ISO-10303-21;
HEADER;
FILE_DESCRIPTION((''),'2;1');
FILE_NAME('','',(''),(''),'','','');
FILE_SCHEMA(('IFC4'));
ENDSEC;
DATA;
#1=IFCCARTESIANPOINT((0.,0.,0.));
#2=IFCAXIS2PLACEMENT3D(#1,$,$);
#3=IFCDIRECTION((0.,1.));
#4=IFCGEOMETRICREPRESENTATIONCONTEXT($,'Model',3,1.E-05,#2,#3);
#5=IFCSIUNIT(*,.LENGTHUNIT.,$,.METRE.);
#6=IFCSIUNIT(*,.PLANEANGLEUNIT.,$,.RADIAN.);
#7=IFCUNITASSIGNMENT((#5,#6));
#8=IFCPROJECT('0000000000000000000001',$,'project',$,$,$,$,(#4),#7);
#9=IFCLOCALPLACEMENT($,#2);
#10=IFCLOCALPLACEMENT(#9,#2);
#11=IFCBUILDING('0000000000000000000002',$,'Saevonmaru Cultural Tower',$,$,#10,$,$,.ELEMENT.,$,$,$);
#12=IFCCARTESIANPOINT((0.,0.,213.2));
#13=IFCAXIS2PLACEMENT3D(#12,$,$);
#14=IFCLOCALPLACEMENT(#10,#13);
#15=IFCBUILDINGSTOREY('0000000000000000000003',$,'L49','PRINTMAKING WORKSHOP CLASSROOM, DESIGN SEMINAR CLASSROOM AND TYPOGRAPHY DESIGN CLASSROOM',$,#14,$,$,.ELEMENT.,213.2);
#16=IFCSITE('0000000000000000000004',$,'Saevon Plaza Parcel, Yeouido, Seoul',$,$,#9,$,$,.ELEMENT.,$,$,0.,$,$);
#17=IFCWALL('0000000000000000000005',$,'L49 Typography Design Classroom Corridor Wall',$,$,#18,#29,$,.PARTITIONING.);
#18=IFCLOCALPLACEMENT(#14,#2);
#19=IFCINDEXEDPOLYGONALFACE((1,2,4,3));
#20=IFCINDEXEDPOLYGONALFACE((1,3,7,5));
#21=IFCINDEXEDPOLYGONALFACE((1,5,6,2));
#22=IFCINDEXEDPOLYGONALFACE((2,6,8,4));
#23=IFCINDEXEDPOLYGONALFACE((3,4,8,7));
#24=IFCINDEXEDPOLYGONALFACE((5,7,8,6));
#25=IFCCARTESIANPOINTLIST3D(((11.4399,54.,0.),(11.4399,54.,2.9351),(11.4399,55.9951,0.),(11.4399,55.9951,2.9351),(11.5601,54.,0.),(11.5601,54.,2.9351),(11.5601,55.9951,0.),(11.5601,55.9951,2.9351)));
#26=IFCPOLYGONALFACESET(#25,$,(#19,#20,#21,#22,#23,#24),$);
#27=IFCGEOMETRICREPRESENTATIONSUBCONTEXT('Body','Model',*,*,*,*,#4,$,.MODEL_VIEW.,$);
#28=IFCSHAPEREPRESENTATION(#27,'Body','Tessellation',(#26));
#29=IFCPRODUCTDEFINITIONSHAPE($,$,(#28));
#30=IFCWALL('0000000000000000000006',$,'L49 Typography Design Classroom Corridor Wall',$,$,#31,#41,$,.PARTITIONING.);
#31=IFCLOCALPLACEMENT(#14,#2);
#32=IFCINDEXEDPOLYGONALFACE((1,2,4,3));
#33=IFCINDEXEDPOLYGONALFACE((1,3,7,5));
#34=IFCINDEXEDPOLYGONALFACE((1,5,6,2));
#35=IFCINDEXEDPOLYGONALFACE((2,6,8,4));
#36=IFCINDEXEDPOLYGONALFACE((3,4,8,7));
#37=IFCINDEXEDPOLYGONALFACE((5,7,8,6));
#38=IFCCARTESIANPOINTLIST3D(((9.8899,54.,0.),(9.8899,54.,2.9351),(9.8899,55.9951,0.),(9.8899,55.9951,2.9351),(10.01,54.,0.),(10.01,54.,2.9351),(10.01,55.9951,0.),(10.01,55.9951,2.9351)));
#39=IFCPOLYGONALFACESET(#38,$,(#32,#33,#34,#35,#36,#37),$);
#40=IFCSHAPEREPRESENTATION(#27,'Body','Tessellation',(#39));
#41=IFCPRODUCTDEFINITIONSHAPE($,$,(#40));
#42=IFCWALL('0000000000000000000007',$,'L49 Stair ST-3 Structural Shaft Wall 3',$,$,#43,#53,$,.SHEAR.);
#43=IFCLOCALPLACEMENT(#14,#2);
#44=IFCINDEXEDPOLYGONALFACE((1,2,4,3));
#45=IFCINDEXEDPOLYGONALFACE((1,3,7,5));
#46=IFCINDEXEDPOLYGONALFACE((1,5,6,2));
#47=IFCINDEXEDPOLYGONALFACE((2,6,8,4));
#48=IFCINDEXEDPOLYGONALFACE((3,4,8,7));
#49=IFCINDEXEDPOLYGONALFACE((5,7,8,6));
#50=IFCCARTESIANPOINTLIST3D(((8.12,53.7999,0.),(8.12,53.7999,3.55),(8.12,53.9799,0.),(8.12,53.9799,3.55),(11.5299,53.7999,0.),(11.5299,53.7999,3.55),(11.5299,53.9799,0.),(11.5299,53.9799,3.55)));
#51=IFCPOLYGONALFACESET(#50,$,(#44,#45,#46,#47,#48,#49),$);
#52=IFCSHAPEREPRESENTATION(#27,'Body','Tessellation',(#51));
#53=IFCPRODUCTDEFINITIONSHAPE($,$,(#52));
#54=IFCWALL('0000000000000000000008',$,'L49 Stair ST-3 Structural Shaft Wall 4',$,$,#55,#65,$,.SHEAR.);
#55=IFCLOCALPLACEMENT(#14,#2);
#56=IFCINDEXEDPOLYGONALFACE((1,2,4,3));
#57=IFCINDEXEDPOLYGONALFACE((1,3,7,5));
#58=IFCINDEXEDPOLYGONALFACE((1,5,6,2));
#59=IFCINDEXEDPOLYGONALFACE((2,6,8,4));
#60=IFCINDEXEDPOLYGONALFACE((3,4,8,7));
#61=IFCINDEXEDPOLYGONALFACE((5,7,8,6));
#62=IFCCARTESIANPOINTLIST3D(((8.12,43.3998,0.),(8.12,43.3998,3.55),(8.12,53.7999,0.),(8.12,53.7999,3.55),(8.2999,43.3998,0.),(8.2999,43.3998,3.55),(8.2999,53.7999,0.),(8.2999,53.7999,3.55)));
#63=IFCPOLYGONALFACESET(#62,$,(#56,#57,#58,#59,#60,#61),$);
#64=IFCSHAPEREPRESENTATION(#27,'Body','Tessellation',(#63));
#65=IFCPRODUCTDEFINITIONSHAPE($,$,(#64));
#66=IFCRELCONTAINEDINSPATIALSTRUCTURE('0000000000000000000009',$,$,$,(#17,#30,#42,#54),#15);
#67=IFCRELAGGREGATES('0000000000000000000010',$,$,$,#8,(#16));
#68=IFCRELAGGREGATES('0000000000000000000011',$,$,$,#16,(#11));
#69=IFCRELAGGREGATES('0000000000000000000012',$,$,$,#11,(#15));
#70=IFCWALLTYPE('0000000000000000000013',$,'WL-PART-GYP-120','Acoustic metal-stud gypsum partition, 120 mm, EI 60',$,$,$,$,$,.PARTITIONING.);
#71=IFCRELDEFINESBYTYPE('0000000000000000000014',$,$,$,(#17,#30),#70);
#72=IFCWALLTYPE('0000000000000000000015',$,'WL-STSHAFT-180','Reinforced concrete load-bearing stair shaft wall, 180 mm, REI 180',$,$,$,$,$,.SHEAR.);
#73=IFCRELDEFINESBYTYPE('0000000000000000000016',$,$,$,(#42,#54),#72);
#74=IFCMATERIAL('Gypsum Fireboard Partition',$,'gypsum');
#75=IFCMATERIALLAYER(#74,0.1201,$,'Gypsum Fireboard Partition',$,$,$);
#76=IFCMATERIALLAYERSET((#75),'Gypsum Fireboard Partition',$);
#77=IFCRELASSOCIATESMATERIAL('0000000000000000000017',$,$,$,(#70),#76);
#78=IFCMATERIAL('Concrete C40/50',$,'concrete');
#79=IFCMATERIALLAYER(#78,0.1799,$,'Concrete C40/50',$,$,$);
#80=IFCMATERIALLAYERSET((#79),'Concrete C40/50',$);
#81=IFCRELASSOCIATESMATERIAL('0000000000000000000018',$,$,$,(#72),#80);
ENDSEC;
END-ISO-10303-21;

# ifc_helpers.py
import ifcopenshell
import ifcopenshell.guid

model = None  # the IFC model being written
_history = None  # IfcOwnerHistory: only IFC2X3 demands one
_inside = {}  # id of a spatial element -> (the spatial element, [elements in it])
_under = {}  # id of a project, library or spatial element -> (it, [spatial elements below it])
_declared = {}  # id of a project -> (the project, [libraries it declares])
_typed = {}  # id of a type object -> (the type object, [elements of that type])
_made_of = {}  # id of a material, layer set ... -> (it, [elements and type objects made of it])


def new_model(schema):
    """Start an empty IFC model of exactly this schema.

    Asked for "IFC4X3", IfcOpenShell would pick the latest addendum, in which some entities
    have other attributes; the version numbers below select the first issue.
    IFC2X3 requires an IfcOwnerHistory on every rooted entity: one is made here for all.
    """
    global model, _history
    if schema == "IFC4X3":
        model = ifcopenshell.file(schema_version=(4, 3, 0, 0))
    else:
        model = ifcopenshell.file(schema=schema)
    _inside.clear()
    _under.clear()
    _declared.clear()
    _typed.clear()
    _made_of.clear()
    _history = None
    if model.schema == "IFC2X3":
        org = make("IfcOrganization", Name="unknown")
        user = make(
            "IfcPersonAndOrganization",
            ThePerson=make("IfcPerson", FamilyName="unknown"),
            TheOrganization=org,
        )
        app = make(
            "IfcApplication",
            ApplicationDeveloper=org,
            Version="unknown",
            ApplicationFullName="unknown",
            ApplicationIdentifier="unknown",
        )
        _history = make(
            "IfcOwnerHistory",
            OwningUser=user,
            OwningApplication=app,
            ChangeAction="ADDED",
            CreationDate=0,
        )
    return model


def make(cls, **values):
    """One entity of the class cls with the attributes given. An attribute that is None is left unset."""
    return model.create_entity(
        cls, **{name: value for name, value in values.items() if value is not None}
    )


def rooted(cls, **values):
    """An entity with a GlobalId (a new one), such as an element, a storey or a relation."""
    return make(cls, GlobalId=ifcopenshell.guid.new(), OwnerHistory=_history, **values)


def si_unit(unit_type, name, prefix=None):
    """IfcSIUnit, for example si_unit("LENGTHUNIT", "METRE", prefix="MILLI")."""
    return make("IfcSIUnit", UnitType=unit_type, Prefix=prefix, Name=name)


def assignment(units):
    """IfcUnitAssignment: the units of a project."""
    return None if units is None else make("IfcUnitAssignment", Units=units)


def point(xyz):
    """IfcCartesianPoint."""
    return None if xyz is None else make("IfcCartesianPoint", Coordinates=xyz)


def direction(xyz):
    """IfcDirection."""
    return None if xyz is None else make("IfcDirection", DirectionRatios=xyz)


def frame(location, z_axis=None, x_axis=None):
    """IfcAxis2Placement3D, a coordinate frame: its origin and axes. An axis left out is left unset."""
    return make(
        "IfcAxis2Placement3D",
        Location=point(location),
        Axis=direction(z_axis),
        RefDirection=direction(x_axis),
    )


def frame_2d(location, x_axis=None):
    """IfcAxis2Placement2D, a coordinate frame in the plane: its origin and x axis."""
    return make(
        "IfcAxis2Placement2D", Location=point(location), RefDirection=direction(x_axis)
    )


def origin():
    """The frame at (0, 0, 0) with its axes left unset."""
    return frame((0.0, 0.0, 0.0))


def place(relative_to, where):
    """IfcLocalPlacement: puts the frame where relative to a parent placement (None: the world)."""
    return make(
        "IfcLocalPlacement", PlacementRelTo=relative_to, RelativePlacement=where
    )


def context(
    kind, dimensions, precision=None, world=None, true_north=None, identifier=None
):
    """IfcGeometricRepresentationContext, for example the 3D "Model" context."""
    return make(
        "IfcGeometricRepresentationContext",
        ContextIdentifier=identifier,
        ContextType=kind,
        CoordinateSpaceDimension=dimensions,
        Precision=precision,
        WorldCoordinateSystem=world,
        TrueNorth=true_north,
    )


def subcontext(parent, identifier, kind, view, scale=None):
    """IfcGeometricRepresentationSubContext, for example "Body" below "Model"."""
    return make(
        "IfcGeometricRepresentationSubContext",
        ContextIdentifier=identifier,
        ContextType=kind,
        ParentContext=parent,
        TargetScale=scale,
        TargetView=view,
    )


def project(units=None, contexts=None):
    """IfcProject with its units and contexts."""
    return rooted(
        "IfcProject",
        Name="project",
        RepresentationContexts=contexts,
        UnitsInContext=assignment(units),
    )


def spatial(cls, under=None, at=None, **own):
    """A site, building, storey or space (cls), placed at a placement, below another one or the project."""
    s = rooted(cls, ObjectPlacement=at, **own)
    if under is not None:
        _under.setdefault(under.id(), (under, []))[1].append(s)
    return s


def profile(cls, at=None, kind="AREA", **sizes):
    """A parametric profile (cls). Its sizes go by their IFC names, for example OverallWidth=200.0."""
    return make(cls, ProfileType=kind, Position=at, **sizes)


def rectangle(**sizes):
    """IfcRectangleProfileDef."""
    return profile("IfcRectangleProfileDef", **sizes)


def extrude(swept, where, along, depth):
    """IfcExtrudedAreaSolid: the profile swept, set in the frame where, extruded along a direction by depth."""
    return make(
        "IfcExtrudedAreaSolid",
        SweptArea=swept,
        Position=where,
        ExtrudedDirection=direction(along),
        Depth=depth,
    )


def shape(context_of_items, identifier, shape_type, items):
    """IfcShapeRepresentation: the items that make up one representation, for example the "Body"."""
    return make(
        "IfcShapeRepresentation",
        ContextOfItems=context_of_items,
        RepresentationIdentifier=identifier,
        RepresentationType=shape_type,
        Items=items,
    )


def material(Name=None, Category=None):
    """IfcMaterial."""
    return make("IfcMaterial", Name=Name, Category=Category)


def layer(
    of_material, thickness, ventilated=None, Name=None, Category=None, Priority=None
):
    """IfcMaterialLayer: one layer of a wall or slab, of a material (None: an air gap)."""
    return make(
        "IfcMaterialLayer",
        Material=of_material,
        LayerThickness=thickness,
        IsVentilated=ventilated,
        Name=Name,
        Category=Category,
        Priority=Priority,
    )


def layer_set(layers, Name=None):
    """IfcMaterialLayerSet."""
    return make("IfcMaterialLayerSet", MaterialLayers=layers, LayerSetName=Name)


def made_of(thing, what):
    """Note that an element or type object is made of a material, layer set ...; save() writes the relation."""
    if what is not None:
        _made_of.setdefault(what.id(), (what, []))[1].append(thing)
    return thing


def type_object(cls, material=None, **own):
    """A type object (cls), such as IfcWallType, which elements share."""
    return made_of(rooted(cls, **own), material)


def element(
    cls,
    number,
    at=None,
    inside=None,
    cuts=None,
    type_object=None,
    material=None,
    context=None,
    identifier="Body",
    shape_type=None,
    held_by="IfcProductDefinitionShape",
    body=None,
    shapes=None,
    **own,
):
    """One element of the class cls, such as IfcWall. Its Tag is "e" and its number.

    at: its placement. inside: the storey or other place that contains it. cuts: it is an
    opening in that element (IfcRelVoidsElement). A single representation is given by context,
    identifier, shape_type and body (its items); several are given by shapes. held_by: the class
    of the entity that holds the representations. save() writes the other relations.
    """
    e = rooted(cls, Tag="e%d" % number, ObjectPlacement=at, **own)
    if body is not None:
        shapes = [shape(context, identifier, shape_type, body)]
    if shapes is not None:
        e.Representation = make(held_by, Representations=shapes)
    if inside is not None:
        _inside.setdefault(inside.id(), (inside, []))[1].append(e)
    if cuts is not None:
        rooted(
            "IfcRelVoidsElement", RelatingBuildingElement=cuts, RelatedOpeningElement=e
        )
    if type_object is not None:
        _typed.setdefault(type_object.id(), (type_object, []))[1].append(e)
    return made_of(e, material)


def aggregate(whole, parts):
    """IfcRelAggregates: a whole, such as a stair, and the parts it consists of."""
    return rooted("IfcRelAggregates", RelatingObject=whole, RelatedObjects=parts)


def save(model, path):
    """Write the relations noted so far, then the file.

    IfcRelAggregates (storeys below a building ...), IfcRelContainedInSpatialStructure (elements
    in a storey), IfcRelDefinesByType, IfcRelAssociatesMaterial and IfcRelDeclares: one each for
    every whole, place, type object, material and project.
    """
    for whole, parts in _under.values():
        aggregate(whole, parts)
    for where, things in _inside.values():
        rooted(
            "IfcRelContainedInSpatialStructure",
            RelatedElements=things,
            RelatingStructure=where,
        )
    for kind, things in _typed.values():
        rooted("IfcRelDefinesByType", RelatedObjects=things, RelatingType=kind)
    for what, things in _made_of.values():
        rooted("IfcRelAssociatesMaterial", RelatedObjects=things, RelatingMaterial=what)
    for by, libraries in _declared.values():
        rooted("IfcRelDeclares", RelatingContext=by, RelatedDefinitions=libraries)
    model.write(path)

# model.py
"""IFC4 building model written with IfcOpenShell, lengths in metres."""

from ifc_helpers import new_model, si_unit, direction, frame, frame_2d, origin, place, context, subcontext, project, spatial, rectangle, extrude, material, layer, layer_set, type_object, element, save


model = new_model("IFC4")

# Units and contexts
model_context = context("Model", 3, precision=1e-05, world=origin(), true_north=direction((0.0, 1.0)))
body_context = subcontext(model_context, "Body", "Model", "MODEL_VIEW")
ifc_project = project(units=[si_unit("LENGTHUNIT", "METRE"), si_unit("PLANEANGLEUNIT", "RADIAN")], contexts=[model_context])

# Site, building, storey
site_placement = place(None, origin())
site = spatial("IfcSite", under=ifc_project, at=site_placement, Name="Saevon Plaza Parcel, Yeouido, Seoul", CompositionType="ELEMENT", RefElevation=0.0)
building_placement = place(site_placement, origin())
building = spatial("IfcBuilding", under=site, at=building_placement, Name="Saevonmaru Cultural Tower", CompositionType="ELEMENT")
storey_placement = place(building_placement, frame((0.0, 0.0, 213.2)))
storey = spatial("IfcBuildingStorey", under=building, at=storey_placement, Name="L49", Description="PRINTMAKING WORKSHOP CLASSROOM, DESIGN SEMINAR CLASSROOM AND TYPOGRAPHY DESIGN CLASSROOM", CompositionType="ELEMENT", Elevation=213.2)

# Walls
ifc_material_1 = material(Name="Gypsum Fireboard Partition", Category="gypsum")
ifc_layer_1 = layer(ifc_material_1, 0.1201, Name="Gypsum Fireboard Partition")
ifc_layer_set_1 = layer_set([ifc_layer_1], Name="Gypsum Fireboard Partition")
wall_type_1 = type_object("IfcWallType", Name="WL-PART-GYP-120", Description="Acoustic metal-stud gypsum partition, 120 mm, EI 60", PredefinedType="PARTITIONING", material=ifc_layer_set_1)
for number, where, z_axis, x_axis, name in (
    (1, (11.5, 54.0, 0.0), (0.0, 0.0, 1.0), (0.0, 1.0, 0.0), "L49 Typography Design Classroom Corridor Wall"),
    (2, (9.95, 54.0, 0.0), (0.0, 0.0, 1.0), (0.0, 1.0, 0.0), "L49 Typography Design Classroom Corridor Wall"),
):
    element("IfcWall", number, at=place(storey_placement, frame(where, z_axis=z_axis, x_axis=x_axis)), inside=storey, type_object=wall_type_1, Name=name, PredefinedType="PARTITIONING", context=body_context, shape_type="SweptSolid", body=[
        extrude(rectangle(XDim=1.9951, YDim=0.1201, at=frame_2d((0.9976, 0.0))), origin(), (0.0, 0.0, 1.0), 2.9351),
    ])
ifc_material_2 = material(Name="Concrete C40/50", Category="concrete")
ifc_layer_2 = layer(ifc_material_2, 0.1799, Name="Concrete C40/50")
ifc_layer_set_2 = layer_set([ifc_layer_2], Name="Concrete C40/50")
wall_type_2 = type_object("IfcWallType", Name="WL-STSHAFT-180", Description="Reinforced concrete load-bearing stair shaft wall, 180 mm, REI 180", PredefinedType="SHEAR", material=ifc_layer_set_2)
wall_1_placement = place(storey_placement, frame((11.53, 53.8899, 0.0), z_axis=(0.0, 0.0, 1.0), x_axis=(-1.0, 0.0, 0.0)))
element("IfcWall", 3, at=wall_1_placement, inside=storey, type_object=wall_type_2, Name="L49 Stair ST-3 Structural Shaft Wall 3", PredefinedType="SHEAR", context=body_context, shape_type="SweptSolid", body=[
    extrude(rectangle(XDim=3.4099, YDim=0.1799, at=frame_2d((1.7051, 0.0))), origin(), (0.0, 0.0, 1.0), 3.55),
])
wall_2_placement = place(storey_placement, frame((8.21, 53.8, 0.0), z_axis=(0.0, 0.0, 1.0), x_axis=(0.0, -1.0, 0.0)))
element("IfcWall", 4, at=wall_2_placement, inside=storey, type_object=wall_type_2, Name="L49 Stair ST-3 Structural Shaft Wall 4", PredefinedType="SHEAR", context=body_context, shape_type="SweptSolid", body=[
    extrude(rectangle(XDim=10.4001, YDim=0.1799, at=frame_2d((5.2002, 0.0))), origin(), (0.0, 0.0, 1.0), 3.55),
])

save(model, "model.ifc")
